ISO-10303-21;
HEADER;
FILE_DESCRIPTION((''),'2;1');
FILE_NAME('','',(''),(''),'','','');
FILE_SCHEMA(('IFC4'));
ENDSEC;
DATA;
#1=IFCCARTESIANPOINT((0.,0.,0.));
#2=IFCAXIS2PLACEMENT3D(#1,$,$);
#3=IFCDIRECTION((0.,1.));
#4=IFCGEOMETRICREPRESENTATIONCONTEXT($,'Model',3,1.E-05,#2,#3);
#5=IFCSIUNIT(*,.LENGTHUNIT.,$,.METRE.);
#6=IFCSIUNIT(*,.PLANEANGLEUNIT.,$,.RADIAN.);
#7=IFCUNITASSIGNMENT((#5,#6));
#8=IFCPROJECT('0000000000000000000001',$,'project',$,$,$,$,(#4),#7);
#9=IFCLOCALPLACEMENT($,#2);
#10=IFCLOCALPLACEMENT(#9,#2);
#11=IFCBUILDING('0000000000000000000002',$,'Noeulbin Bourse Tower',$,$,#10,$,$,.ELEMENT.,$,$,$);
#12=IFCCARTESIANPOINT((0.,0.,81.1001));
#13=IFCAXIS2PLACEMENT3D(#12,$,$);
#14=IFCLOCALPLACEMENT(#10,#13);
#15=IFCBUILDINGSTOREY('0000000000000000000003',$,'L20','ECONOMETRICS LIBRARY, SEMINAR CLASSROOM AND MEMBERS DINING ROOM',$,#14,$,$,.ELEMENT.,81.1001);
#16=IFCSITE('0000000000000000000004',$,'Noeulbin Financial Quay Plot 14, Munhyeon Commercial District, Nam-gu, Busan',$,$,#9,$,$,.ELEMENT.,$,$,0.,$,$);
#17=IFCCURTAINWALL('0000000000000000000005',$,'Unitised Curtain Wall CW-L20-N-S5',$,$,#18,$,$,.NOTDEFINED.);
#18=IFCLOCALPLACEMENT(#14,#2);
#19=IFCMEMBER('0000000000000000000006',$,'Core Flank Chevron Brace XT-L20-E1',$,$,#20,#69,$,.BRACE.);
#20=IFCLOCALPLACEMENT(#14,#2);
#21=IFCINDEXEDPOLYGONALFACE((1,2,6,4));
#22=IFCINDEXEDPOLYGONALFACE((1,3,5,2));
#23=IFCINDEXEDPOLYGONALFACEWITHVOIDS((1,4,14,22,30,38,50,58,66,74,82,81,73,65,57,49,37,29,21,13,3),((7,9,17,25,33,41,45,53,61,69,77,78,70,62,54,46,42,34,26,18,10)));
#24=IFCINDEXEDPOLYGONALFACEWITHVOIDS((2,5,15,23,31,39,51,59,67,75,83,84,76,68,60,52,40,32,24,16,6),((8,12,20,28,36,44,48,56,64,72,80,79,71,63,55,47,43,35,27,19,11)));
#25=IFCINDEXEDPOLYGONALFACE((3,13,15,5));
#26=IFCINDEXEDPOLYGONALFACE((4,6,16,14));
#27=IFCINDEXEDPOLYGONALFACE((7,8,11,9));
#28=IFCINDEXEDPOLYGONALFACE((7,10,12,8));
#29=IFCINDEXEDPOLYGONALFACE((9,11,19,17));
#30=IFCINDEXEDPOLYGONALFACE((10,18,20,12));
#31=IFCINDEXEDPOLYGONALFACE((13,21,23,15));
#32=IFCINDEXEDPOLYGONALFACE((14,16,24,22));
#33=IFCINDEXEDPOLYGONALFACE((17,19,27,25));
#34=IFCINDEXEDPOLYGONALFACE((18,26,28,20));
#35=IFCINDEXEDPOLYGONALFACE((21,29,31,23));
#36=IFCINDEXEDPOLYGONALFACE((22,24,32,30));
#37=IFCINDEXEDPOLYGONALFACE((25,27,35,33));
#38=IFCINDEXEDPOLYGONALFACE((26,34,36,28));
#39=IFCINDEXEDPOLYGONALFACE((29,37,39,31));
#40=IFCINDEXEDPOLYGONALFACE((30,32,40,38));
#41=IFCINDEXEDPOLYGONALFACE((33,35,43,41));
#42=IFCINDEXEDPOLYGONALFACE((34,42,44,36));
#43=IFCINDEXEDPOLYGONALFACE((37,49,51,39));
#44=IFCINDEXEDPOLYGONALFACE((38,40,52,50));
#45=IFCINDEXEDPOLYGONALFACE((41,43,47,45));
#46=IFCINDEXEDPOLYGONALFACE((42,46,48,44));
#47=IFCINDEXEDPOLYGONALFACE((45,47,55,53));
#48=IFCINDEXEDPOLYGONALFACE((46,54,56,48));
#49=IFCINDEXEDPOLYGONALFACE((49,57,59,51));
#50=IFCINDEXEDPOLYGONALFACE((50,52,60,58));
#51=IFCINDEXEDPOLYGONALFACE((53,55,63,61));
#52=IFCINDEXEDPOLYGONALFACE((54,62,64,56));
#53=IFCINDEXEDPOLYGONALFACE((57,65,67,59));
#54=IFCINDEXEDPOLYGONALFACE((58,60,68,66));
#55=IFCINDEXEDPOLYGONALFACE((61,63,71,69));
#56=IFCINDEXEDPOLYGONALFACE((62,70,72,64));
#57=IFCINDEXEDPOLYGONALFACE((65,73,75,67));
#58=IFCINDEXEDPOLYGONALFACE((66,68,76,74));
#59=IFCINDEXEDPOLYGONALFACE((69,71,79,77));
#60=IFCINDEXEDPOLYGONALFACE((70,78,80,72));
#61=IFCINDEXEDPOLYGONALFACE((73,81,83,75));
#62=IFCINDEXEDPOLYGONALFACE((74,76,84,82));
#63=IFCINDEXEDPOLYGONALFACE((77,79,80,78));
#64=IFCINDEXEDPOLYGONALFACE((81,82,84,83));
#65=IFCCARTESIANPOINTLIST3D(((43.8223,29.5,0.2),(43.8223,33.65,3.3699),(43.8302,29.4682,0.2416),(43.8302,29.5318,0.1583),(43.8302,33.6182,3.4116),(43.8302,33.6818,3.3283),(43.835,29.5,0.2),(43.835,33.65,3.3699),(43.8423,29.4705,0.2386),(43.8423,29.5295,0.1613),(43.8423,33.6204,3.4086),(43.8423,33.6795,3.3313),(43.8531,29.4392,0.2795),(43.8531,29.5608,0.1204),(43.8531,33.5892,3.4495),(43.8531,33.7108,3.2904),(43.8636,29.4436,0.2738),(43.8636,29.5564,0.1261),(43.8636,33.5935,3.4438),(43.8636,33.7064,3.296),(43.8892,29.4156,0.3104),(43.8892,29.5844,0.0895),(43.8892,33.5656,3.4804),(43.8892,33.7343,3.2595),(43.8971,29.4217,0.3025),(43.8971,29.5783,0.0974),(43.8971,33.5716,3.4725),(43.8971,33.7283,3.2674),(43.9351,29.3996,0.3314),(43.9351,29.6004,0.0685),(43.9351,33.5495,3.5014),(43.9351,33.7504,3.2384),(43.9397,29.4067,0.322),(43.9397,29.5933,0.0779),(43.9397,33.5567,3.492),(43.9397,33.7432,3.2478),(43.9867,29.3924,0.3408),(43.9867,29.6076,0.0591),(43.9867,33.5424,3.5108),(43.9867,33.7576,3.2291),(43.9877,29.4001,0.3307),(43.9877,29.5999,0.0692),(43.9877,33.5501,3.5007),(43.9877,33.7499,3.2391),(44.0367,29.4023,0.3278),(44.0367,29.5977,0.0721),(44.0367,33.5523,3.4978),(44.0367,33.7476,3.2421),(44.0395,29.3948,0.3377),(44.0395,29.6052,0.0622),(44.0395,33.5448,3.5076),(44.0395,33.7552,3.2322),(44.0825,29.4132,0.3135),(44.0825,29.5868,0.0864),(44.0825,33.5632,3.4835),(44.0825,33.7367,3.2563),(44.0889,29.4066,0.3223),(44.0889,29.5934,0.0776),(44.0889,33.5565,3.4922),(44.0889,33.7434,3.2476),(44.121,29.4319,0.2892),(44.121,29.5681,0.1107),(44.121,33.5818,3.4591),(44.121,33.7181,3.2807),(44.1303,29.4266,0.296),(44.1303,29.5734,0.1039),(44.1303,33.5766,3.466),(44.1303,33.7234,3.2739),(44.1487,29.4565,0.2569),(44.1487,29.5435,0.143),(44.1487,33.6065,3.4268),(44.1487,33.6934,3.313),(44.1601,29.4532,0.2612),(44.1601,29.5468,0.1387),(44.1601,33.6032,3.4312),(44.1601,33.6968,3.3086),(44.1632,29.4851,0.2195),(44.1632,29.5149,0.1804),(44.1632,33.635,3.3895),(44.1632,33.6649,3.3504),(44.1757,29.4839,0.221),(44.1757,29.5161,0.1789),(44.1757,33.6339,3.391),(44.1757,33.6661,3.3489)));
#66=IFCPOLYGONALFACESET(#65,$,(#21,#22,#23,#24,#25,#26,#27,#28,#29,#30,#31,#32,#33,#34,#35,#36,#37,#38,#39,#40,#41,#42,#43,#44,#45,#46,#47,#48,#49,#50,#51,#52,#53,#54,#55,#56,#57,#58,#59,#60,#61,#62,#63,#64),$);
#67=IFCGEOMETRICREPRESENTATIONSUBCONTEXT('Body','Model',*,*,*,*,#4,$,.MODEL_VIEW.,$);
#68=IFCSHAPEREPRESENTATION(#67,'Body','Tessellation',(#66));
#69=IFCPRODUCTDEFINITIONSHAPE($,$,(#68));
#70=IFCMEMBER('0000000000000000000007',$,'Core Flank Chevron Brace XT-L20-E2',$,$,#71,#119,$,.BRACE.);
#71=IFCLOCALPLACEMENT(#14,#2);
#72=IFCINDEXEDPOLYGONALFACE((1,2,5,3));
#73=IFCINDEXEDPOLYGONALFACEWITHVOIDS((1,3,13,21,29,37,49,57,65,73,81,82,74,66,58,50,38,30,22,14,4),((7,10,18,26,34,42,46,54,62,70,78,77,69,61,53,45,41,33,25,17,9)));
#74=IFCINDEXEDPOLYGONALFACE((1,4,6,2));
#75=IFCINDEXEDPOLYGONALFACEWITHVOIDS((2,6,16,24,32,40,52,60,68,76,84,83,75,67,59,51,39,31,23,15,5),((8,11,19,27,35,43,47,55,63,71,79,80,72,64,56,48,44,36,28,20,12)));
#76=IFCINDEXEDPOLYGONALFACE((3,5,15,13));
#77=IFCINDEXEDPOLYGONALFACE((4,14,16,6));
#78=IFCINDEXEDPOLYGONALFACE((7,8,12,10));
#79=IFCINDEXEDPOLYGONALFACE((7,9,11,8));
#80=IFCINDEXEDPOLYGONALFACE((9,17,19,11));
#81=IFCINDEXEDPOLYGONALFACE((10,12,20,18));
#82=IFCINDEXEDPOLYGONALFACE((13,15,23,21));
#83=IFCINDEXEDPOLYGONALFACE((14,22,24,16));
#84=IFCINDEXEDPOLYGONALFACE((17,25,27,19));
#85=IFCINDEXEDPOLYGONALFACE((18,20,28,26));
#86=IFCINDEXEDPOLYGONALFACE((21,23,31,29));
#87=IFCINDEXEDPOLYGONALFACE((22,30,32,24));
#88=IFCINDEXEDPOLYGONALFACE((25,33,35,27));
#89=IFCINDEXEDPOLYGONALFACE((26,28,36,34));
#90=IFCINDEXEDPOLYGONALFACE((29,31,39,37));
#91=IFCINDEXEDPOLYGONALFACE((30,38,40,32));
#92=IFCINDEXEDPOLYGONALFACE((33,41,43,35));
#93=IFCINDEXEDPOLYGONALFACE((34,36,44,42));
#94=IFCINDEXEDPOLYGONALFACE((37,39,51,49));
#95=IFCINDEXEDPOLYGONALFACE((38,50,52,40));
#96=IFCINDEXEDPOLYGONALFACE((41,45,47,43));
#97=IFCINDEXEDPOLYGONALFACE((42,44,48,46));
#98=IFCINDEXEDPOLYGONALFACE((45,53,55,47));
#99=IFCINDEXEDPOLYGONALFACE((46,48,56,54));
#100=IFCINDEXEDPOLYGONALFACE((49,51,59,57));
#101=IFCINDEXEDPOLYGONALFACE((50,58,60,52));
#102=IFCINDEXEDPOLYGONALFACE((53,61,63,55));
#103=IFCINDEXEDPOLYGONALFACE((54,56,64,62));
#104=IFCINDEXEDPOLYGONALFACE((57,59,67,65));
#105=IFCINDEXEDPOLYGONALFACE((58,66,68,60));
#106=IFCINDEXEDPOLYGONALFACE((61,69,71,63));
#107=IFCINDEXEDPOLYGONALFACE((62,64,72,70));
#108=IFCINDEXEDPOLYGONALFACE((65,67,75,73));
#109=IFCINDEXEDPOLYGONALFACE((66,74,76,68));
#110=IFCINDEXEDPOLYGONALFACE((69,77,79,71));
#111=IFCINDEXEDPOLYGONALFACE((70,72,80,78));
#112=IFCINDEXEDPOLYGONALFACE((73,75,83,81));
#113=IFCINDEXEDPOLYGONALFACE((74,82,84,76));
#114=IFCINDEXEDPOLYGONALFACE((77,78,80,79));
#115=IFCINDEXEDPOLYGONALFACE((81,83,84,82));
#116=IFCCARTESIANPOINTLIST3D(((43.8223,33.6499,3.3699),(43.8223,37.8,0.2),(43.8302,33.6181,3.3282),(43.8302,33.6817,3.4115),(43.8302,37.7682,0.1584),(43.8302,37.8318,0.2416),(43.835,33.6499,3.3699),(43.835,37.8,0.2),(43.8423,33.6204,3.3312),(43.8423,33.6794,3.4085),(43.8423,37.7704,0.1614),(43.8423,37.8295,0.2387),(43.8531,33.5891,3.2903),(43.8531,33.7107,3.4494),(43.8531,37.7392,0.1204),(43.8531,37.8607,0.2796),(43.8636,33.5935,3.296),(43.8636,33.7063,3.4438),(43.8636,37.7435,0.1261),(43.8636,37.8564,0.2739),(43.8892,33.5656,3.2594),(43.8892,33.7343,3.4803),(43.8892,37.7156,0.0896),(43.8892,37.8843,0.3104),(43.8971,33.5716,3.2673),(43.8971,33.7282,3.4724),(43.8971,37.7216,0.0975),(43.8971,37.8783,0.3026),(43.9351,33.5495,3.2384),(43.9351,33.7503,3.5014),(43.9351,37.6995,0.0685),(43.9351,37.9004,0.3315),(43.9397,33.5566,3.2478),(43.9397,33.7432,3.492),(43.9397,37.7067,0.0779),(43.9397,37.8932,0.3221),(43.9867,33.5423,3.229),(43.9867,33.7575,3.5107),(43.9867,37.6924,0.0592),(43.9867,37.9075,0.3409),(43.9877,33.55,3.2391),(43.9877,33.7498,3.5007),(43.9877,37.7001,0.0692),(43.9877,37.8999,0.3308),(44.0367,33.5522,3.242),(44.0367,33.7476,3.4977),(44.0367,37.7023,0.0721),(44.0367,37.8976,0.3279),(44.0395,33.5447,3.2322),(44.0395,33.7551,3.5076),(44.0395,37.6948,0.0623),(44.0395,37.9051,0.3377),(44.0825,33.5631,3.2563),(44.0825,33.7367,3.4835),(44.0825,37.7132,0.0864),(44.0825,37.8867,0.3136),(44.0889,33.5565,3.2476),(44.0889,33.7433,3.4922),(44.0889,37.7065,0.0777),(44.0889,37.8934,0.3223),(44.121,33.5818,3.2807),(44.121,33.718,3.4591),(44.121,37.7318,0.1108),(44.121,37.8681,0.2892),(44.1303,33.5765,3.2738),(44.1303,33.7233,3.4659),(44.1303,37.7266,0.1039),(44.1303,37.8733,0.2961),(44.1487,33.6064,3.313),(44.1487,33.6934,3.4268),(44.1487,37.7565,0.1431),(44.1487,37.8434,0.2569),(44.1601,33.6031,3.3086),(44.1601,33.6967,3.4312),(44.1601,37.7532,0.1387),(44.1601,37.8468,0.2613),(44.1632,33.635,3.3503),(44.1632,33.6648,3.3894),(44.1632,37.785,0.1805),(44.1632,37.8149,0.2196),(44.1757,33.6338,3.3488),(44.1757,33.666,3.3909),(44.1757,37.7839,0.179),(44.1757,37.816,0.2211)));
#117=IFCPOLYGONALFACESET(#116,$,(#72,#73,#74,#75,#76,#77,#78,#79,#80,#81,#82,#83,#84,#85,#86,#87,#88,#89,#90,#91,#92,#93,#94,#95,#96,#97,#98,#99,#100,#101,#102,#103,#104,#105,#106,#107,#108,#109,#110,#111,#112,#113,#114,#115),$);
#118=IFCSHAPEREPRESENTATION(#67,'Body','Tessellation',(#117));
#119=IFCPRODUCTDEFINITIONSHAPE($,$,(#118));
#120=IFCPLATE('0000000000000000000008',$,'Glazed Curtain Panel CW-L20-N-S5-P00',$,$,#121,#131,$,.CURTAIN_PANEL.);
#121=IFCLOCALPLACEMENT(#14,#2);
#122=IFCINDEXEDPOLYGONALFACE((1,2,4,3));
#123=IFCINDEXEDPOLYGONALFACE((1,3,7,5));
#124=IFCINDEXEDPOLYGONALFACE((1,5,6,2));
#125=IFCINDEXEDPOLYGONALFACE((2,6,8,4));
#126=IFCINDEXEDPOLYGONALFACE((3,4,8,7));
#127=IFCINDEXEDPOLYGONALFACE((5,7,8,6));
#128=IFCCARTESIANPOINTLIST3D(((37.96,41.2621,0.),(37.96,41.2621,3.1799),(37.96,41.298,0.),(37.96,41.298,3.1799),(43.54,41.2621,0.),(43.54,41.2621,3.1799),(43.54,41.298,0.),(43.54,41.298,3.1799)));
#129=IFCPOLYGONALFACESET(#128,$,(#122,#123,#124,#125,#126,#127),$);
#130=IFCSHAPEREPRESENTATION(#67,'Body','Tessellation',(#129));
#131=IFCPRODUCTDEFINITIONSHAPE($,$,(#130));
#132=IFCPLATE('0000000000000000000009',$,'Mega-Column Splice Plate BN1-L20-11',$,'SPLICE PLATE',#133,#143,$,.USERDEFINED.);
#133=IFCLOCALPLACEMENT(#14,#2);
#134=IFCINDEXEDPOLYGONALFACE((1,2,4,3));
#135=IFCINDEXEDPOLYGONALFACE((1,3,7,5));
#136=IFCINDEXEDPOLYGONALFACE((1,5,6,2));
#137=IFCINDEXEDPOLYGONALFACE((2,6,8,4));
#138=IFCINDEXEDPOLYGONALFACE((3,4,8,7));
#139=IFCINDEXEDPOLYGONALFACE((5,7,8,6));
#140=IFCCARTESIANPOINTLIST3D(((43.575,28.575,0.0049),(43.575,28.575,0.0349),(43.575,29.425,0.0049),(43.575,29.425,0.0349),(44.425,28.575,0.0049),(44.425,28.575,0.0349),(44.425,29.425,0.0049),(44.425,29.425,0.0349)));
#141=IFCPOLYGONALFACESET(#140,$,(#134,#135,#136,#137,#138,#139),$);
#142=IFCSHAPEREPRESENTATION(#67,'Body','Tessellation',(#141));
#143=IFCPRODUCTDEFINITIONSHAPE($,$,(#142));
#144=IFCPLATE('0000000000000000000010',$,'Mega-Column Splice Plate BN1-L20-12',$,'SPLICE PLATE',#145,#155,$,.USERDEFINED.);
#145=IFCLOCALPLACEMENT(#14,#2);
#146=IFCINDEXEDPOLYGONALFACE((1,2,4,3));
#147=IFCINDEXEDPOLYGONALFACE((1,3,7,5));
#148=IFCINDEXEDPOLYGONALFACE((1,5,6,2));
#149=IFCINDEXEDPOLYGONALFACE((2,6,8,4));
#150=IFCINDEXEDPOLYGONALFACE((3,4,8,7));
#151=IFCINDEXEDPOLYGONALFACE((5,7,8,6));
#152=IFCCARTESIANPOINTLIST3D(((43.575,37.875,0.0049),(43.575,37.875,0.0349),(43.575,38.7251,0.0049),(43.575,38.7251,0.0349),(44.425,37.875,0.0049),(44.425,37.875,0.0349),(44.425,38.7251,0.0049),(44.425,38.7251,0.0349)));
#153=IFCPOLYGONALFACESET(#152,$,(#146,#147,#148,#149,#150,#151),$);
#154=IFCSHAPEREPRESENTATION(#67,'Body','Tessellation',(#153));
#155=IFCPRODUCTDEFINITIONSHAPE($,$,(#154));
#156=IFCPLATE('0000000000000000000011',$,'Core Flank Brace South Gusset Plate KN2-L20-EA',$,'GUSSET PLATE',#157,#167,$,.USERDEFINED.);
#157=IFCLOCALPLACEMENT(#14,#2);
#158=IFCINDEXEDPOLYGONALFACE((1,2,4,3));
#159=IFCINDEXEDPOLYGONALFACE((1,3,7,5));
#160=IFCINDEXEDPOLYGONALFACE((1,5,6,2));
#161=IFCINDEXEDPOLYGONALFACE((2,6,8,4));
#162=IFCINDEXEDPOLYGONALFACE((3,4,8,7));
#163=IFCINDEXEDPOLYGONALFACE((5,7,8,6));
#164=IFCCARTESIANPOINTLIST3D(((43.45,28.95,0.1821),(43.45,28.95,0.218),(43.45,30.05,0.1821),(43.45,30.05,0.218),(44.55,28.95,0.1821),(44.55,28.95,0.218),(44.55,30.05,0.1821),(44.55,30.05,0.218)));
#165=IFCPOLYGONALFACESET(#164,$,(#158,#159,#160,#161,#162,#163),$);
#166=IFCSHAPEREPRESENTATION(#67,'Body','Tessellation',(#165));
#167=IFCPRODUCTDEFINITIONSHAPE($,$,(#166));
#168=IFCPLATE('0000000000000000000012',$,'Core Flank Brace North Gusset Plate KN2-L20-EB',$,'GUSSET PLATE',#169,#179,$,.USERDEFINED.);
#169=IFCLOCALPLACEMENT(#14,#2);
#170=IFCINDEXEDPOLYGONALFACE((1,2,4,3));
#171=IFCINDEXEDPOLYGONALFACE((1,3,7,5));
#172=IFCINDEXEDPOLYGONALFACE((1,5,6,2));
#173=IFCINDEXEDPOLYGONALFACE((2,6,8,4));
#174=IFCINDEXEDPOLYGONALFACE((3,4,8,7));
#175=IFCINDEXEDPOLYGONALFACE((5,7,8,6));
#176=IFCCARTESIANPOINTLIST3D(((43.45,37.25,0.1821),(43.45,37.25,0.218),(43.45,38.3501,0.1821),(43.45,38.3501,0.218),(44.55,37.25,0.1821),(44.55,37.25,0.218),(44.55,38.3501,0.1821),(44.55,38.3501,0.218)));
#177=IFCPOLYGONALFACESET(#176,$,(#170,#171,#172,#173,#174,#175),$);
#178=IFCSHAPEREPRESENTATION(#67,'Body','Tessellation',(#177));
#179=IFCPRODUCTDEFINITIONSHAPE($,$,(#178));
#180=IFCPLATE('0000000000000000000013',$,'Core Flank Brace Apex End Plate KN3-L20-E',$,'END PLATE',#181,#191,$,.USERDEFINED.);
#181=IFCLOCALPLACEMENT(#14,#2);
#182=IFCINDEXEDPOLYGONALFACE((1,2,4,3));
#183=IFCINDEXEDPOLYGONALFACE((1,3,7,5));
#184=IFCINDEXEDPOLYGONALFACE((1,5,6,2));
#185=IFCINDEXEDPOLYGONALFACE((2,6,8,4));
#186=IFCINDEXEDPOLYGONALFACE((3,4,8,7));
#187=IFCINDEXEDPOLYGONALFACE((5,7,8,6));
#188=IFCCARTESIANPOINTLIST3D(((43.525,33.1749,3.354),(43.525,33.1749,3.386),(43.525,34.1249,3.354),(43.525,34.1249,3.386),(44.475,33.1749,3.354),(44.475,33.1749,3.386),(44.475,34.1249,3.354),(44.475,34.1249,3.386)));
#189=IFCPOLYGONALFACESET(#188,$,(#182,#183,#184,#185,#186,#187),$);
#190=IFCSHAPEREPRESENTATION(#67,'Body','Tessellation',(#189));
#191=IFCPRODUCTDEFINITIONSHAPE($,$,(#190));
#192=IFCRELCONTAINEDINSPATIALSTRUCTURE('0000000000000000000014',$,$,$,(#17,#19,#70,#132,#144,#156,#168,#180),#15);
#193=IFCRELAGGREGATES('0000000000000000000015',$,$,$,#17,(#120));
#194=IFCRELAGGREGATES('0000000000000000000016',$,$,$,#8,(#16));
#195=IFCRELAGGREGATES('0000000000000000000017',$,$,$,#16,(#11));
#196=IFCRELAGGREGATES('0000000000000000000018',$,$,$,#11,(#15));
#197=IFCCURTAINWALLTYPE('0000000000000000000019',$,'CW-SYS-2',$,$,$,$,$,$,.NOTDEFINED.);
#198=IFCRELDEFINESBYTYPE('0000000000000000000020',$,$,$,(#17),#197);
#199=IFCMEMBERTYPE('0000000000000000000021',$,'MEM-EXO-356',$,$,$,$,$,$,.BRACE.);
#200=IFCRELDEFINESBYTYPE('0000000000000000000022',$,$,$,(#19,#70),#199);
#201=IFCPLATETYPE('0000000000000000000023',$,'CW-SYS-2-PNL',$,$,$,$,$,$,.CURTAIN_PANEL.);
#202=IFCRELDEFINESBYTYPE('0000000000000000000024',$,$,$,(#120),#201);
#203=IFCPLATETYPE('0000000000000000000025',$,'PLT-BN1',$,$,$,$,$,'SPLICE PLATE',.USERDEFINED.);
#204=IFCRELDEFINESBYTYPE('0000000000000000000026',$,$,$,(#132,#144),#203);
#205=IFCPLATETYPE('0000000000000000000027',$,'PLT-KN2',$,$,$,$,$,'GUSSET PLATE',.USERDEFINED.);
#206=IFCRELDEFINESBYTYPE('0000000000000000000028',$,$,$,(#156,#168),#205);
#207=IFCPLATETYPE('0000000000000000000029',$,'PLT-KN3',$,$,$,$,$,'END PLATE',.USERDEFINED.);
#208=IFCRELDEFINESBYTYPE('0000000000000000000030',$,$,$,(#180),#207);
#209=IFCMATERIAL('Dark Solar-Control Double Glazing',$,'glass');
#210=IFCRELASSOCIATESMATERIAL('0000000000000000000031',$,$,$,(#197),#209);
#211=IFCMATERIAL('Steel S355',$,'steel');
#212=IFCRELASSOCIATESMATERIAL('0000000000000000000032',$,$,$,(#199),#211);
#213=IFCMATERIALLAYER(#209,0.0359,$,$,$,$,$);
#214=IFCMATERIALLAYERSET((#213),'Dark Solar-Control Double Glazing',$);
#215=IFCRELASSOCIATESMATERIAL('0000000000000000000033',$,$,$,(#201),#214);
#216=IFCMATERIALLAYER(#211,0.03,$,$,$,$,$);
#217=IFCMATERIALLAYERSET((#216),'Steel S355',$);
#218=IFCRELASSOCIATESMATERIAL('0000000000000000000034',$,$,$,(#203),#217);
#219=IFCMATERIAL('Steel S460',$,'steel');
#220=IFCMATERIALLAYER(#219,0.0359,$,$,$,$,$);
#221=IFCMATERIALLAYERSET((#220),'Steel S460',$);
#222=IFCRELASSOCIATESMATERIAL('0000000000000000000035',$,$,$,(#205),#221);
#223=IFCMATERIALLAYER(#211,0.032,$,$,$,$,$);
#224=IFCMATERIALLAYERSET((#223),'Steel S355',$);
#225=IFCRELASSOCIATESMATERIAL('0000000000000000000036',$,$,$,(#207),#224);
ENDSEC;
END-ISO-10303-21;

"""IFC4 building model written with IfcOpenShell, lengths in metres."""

from ifc_helpers import new_model, si_unit, direction, frame, origin, origin_2d, place, context, subcontext, project, spatial, rectangle, hollow_circle, extrude, material, layer, layer_set, material_profile, profile_set, type_object, element, aggregate, save


model = new_model("IFC4")

# Units and contexts
model_context = context("Model", 3, precision=1e-05, world=origin(), true_north=direction((0.0, 1.0)))
body_context = subcontext(model_context, "Body", "Model", "MODEL_VIEW")
ifc_project = project(units=[si_unit("LENGTHUNIT", "METRE"), si_unit("PLANEANGLEUNIT", "RADIAN")], contexts=[model_context])

# Site, building, storey
site_placement = place(None, origin())
site = spatial("IfcSite", under=ifc_project, at=site_placement, Name="Noeulbin Financial Quay Plot 14, Munhyeon Commercial District, Nam-gu, Busan", CompositionType="ELEMENT", RefElevation=0.0)
building_placement = place(site_placement, origin())
building = spatial("IfcBuilding", under=site, at=building_placement, Name="Noeulbin Bourse Tower", CompositionType="ELEMENT")
storey_placement = place(building_placement, frame((0.0, 0.0, 81.1001)))
storey = spatial("IfcBuildingStorey", under=building, at=storey_placement, Name="L20", Description="ECONOMETRICS LIBRARY, SEMINAR CLASSROOM AND MEMBERS DINING ROOM", CompositionType="ELEMENT", Elevation=81.1001)

# Shared definitions
ifc_material_1 = material(Name="Steel S460", Category="steel")

# Shared definitions
ifc_material_2 = material(Name="Steel S355", Category="steel")

# Curtain wall
ifc_material_3 = material(Name="Dark Solar-Control Double Glazing", Category="glass")
curtain_wall_type = type_object("IfcCurtainWallType", Name="CW-SYS-2", PredefinedType="NOTDEFINED", material=ifc_material_3)
curtain_wall_placement = place(storey_placement, origin())
curtain_wall = element("IfcCurtainWall", 1, at=curtain_wall_placement, inside=storey, type_object=curtain_wall_type, Name="Unitised Curtain Wall CW-L20-N-S5", PredefinedType="NOTDEFINED")

# Members
ifc_material_profile_1 = material_profile(ifc_material_2, hollow_circle(Radius=0.1777, WallThickness=0.0127, at=origin_2d()), Name="CHS-355.6x12.7", Category="LoadBearing")
ifc_profile_set_1 = profile_set([ifc_material_profile_1], Name="Steel S355")
member_type_1 = type_object("IfcMemberType", Name="MEM-EXO-356", PredefinedType="BRACE", material=ifc_profile_set_1)
for number, where, z_axis, x_axis, name in (
    (2, (44.0, 29.5, 0.2), (0.0, 0.794684, 0.607023), (-1.0, 0.0, 0.0), "Core Flank Chevron Brace XT-L20-E1"),
    (3, (44.0, 33.6499, 3.3699), (0.0, 0.794701, -0.607001), (-1.0, 0.0, 0.0), "Core Flank Chevron Brace XT-L20-E2"),
):
    element("IfcMember", number, at=place(storey_placement, frame(where, z_axis=z_axis, x_axis=x_axis)), inside=storey, type_object=member_type_1, Name=name, PredefinedType="BRACE", context=body_context, shape_type="SweptSolid", body=[
        extrude(hollow_circle(Radius=0.1777, WallThickness=0.0127, at=origin_2d()), origin(), (0.0, 0.0, 1.0), 5.2222),
    ])

# Plate
ifc_layer_1 = layer(ifc_material_3, 0.0359)
ifc_layer_set_1 = layer_set([ifc_layer_1], Name="Dark Solar-Control Double Glazing")
plate_type_1 = type_object("IfcPlateType", Name="CW-SYS-2-PNL", PredefinedType="CURTAIN_PANEL", material=ifc_layer_set_1)
plate_1_placement = place(storey_placement, frame((40.75, 41.28, 0.0), z_axis=(0.0, 0.0, 1.0), x_axis=(1.0, 0.0, 0.0)))
plate_1 = element("IfcPlate", 4, at=plate_1_placement, type_object=plate_type_1, Name="Glazed Curtain Panel CW-L20-N-S5-P00", PredefinedType="CURTAIN_PANEL", context=body_context, shape_type="SweptSolid", body=[
    extrude(rectangle(XDim=5.5801, YDim=0.0359, at=origin_2d()), origin(), (0.0, 0.0, 1.0), 3.1799),
])
aggregate(curtain_wall, [plate_1])

# Plates
ifc_layer_2 = layer(ifc_material_2, 0.03)
ifc_layer_set_2 = layer_set([ifc_layer_2], Name="Steel S355")
plate_type_2 = type_object("IfcPlateType", Name="PLT-BN1", ElementType="SPLICE PLATE", PredefinedType="USERDEFINED", material=ifc_layer_set_2)
for number, where, z_axis, x_axis, name in (
    (5, (44.0, 29.0, 0.0049), (0.0, 0.0, 1.0), (1.0, 0.0, 0.0), "Mega-Column Splice Plate BN1-L20-11"),
    (6, (44.0, 38.3, 0.0049), (0.0, 0.0, 1.0), (1.0, 0.0, 0.0), "Mega-Column Splice Plate BN1-L20-12"),
):
    element("IfcPlate", number, at=place(storey_placement, frame(where, z_axis=z_axis, x_axis=x_axis)), inside=storey, type_object=plate_type_2, Name=name, ObjectType="SPLICE PLATE", PredefinedType="USERDEFINED", context=body_context, shape_type="SweptSolid", body=[
        extrude(rectangle(XDim=0.8501, YDim=0.8501, at=origin_2d()), origin(), (0.0, 0.0, 1.0), 0.03),
    ])
ifc_layer_3 = layer(ifc_material_1, 0.0359)
ifc_layer_set_3 = layer_set([ifc_layer_3], Name="Steel S460")
plate_type_3 = type_object("IfcPlateType", Name="PLT-KN2", ElementType="GUSSET PLATE", PredefinedType="USERDEFINED", material=ifc_layer_set_3)
for number, where, z_axis, x_axis, name in (
    (7, (44.0, 29.5, 0.1821), (0.0, 0.0, 1.0), (1.0, 0.0, 0.0), "Core Flank Brace South Gusset Plate KN2-L20-EA"),
    (8, (44.0, 37.8, 0.1821), (0.0, 0.0, 1.0), (1.0, 0.0, 0.0), "Core Flank Brace North Gusset Plate KN2-L20-EB"),
):
    element("IfcPlate", number, at=place(storey_placement, frame(where, z_axis=z_axis, x_axis=x_axis)), inside=storey, type_object=plate_type_3, Name=name, ObjectType="GUSSET PLATE", PredefinedType="USERDEFINED", context=body_context, shape_type="SweptSolid", body=[
        extrude(rectangle(XDim=1.1001, YDim=1.1001, at=origin_2d()), origin(), (0.0, 0.0, 1.0), 0.0359),
    ])
ifc_layer_4 = layer(ifc_material_2, 0.032)
ifc_layer_set_4 = layer_set([ifc_layer_4], Name="Steel S355")
plate_type_4 = type_object("IfcPlateType", Name="PLT-KN3", ElementType="END PLATE", PredefinedType="USERDEFINED", material=ifc_layer_set_4)
plate_2_placement = place(storey_placement, frame((44.0, 33.6499, 3.354), z_axis=(0.0, 0.0, 1.0), x_axis=(1.0, 0.0, 0.0)))
element("IfcPlate", 9, at=plate_2_placement, inside=storey, type_object=plate_type_4, Name="Core Flank Brace Apex End Plate KN3-L20-E", ObjectType="END PLATE", PredefinedType="USERDEFINED", context=body_context, shape_type="SweptSolid", body=[
    extrude(rectangle(XDim=0.95, YDim=0.95, at=origin_2d()), origin(), (0.0, 0.0, 1.0), 0.032),
])

save(model, "model.ifc")
